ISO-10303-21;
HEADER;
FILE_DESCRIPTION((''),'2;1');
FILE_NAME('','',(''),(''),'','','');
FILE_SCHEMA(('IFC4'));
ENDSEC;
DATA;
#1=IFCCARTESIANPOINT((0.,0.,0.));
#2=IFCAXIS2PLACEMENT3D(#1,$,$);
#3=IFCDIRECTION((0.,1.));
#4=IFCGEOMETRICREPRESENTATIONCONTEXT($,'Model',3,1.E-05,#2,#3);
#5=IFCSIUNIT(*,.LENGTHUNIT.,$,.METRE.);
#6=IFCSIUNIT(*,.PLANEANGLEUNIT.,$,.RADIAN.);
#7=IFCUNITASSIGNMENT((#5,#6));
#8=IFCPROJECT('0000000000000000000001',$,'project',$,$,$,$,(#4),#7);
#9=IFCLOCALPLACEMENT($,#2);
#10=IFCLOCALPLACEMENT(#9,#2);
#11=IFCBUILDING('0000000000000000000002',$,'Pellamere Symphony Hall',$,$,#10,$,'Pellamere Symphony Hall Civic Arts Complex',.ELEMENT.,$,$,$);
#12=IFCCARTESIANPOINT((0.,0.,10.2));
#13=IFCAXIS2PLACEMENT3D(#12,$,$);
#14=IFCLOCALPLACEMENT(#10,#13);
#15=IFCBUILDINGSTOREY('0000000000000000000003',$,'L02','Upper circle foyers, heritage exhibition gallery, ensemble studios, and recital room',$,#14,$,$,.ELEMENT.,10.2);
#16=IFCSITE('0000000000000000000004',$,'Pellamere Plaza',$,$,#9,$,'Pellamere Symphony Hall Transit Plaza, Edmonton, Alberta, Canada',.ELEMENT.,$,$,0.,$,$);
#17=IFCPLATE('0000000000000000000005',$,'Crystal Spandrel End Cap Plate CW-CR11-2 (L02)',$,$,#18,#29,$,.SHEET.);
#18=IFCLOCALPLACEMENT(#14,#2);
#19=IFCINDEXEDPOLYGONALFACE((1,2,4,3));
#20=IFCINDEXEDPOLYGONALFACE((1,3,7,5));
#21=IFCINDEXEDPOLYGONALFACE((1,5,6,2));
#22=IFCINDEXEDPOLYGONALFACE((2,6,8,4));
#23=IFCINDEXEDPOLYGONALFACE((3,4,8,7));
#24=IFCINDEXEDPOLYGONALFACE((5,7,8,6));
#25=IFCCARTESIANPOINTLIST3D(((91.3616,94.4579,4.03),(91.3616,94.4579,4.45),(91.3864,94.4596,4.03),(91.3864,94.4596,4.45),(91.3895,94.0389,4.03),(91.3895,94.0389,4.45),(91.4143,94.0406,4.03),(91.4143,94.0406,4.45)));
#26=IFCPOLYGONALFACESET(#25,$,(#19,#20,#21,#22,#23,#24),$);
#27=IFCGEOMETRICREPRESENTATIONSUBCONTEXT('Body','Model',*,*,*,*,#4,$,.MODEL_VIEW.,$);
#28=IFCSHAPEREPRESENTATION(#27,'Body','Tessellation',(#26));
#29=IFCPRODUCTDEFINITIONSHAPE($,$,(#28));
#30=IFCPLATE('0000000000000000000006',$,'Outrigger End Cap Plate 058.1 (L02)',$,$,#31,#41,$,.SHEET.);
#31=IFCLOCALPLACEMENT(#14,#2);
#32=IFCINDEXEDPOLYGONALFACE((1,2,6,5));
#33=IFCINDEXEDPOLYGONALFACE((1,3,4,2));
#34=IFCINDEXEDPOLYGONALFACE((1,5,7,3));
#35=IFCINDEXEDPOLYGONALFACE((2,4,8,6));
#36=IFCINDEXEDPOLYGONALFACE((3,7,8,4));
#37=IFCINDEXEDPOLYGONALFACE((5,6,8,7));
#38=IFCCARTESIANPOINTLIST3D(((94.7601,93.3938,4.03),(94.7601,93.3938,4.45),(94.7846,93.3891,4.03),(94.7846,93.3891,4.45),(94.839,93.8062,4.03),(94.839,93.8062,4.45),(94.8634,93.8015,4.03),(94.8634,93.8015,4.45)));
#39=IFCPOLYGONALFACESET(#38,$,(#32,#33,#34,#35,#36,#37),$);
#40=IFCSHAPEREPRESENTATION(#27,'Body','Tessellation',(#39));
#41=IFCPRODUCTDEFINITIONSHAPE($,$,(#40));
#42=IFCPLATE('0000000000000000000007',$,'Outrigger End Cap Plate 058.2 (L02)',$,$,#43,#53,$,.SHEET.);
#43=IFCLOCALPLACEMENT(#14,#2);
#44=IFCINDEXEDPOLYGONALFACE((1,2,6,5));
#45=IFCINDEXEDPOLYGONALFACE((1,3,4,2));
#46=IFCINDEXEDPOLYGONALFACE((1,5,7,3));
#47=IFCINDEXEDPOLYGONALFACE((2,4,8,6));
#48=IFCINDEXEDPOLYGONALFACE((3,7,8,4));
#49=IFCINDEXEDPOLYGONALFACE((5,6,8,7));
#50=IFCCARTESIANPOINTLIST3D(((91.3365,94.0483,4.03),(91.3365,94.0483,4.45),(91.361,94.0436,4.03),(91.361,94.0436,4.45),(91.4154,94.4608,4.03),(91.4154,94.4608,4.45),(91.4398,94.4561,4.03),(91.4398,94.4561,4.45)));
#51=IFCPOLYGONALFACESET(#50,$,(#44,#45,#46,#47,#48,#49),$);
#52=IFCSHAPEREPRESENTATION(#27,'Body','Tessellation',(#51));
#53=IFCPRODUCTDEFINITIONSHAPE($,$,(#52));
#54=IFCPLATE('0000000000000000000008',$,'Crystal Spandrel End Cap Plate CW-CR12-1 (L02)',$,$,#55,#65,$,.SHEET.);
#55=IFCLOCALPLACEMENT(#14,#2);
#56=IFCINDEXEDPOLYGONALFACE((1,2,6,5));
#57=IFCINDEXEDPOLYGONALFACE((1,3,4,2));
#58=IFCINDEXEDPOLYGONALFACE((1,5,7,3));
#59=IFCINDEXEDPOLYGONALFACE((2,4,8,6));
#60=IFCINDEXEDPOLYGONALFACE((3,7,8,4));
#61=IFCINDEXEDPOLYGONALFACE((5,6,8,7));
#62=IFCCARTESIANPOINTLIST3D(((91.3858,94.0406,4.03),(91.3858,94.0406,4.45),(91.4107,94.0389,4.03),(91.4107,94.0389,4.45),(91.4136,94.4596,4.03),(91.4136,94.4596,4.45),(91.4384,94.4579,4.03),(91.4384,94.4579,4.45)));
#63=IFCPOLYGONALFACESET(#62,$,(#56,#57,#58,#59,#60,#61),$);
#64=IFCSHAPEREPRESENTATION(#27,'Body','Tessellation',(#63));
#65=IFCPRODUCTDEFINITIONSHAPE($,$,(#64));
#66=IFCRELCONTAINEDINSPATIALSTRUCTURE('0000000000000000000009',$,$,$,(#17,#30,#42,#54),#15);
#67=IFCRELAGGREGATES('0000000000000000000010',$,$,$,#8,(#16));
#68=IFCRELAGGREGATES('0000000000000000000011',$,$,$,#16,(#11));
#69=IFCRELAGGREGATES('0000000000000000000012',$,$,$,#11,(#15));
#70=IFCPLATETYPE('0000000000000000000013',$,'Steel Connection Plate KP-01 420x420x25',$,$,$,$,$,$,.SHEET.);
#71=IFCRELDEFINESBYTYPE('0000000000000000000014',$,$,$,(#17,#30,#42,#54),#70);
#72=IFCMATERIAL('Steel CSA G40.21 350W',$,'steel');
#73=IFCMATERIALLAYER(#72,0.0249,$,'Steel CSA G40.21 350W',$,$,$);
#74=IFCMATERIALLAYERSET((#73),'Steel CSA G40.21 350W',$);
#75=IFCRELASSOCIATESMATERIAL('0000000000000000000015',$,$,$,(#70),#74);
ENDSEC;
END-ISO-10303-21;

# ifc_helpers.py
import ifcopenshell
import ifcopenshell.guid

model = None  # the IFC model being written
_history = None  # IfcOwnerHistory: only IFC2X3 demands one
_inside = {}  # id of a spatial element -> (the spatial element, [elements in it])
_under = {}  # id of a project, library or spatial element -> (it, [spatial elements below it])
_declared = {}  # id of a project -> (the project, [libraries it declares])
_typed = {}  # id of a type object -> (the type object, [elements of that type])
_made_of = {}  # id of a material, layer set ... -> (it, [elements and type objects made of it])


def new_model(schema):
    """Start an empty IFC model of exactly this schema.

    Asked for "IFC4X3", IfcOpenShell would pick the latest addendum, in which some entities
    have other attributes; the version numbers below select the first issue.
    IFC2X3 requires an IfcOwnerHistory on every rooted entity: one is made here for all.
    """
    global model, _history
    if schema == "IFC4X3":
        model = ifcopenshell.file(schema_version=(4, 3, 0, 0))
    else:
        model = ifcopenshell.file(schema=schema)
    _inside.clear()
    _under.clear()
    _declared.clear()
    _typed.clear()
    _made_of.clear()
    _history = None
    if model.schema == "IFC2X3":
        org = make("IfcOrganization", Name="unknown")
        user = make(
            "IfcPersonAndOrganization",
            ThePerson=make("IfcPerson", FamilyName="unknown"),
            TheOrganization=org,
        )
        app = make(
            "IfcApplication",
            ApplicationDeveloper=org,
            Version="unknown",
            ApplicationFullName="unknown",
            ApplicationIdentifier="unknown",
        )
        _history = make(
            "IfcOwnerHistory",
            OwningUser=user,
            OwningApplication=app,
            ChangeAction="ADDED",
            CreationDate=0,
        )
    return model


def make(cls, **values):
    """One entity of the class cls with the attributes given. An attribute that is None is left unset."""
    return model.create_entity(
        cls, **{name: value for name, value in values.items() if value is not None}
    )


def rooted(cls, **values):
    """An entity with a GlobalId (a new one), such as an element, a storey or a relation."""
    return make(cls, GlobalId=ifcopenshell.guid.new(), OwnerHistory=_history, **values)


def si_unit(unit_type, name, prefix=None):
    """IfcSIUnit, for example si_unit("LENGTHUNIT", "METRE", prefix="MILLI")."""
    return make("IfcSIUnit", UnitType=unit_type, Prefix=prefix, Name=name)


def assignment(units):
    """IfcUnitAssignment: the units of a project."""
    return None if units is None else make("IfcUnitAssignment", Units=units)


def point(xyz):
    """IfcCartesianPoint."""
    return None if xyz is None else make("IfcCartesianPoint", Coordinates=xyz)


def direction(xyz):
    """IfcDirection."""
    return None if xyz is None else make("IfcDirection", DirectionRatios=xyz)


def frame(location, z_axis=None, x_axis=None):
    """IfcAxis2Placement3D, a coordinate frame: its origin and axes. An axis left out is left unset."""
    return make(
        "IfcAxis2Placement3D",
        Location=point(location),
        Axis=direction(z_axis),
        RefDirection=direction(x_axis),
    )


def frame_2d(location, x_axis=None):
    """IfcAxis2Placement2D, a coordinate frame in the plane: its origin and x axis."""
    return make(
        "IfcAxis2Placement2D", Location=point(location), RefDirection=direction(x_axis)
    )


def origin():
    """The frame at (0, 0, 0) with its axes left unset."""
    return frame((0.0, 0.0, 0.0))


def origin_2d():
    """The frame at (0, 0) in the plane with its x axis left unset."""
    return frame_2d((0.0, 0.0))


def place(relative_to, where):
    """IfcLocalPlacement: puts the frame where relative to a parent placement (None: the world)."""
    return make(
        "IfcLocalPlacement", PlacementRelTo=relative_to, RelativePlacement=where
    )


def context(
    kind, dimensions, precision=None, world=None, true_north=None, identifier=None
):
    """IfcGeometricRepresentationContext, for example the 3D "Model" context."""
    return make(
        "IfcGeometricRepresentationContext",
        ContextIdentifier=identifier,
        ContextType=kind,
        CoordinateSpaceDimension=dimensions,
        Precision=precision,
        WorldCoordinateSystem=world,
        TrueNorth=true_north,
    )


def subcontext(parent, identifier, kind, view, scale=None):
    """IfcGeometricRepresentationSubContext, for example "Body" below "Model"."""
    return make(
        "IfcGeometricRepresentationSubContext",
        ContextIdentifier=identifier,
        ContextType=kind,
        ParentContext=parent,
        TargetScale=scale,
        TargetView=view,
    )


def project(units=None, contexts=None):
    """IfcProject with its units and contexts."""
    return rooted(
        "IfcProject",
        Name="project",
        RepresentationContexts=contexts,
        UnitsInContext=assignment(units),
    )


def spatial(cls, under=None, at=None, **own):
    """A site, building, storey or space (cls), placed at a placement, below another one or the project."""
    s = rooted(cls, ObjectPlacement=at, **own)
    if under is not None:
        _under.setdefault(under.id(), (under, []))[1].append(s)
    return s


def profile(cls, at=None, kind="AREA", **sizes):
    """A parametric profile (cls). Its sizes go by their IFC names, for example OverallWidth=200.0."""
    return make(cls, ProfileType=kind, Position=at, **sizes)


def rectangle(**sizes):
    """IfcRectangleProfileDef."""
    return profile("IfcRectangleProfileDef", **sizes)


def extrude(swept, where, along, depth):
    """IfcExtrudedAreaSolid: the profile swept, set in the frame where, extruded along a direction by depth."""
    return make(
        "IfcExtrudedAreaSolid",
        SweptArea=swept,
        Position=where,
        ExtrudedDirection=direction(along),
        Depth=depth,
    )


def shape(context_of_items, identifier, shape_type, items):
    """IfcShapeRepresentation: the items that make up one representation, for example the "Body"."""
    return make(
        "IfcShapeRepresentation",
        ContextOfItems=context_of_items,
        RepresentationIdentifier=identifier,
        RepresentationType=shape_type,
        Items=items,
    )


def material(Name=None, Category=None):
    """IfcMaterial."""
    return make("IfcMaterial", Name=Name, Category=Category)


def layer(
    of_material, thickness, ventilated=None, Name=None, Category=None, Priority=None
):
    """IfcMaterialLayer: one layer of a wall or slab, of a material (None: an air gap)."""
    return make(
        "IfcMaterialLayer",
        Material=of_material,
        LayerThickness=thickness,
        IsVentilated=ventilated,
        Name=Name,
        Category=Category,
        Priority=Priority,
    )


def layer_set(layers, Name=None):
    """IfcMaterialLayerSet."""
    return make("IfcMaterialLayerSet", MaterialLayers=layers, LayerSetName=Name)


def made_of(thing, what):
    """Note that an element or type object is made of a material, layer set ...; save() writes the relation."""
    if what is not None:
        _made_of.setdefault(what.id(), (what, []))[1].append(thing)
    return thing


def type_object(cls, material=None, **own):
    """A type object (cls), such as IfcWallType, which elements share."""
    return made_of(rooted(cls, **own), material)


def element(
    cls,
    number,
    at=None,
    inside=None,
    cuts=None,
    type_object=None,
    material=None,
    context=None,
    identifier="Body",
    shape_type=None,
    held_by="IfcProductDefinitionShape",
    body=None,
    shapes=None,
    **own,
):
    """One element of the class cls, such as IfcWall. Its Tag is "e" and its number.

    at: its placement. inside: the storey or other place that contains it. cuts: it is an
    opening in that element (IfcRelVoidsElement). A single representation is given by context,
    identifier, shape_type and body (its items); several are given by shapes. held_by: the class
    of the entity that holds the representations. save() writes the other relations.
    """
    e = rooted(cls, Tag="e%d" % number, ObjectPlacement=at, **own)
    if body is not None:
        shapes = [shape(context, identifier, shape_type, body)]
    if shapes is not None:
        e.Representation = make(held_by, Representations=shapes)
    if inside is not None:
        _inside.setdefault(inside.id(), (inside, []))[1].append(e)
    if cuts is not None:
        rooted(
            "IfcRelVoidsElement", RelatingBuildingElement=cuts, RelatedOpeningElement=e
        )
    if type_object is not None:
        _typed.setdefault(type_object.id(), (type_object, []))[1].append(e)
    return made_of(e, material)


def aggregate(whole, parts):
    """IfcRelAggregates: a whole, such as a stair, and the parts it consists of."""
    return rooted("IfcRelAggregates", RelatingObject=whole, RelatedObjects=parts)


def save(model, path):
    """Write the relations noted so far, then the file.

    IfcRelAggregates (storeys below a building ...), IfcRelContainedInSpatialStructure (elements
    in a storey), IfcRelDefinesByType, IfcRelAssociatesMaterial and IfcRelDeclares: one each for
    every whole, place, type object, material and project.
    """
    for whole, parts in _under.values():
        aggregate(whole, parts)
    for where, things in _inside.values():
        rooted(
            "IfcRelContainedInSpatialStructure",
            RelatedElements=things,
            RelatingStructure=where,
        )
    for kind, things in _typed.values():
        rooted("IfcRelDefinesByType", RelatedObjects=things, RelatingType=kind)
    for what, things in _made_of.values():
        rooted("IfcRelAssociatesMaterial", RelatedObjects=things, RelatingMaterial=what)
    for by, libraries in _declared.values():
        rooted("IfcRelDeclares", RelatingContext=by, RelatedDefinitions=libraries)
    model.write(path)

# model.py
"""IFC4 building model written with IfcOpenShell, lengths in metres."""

from ifc_helpers import new_model, si_unit, direction, frame, origin, origin_2d, place, context, subcontext, project, spatial, rectangle, extrude, material, layer, layer_set, type_object, element, save


model = new_model("IFC4")

# Units and contexts
model_context = context("Model", 3, precision=1e-05, world=origin(), true_north=direction((0.0, 1.0)))
body_context = subcontext(model_context, "Body", "Model", "MODEL_VIEW")
ifc_project = project(units=[si_unit("LENGTHUNIT", "METRE"), si_unit("PLANEANGLEUNIT", "RADIAN")], contexts=[model_context])

# Site, building, storey
site_placement = place(None, origin())
site = spatial("IfcSite", under=ifc_project, at=site_placement, Name="Pellamere Plaza", LongName="Pellamere Symphony Hall Transit Plaza, Edmonton, Alberta, Canada", CompositionType="ELEMENT", RefElevation=0.0)
building_placement = place(site_placement, origin())
building = spatial("IfcBuilding", under=site, at=building_placement, Name="Pellamere Symphony Hall", LongName="Pellamere Symphony Hall Civic Arts Complex", CompositionType="ELEMENT")
storey_placement = place(building_placement, frame((0.0, 0.0, 10.2)))
storey = spatial("IfcBuildingStorey", under=building, at=storey_placement, Name="L02", Description="Upper circle foyers, heritage exhibition gallery, ensemble studios, and recital room", CompositionType="ELEMENT", Elevation=10.2)

# Shared definitions
ifc_material_1 = material(Name="Steel CSA G40.21 350W", Category="steel")

# Plates
ifc_layer_1 = layer(ifc_material_1, 0.0249, Name="Steel CSA G40.21 350W")
ifc_layer_set_1 = layer_set([ifc_layer_1], Name="Steel CSA G40.21 350W")
plate_type_1 = type_object("IfcPlateType", Name="Steel Connection Plate KP-01 420x420x25", PredefinedType="SHEET", material=ifc_layer_set_1)
for number, where, z_axis, x_axis, name in (
    (1, (91.3879, 94.2493, 4.03), (0.0, 0.0, 1.0), (-0.99779, -0.066448, 0.0), "Crystal Spandrel End Cap Plate CW-CR11-2 (L02)"),
    (2, (94.8118, 93.5977, 4.03), (0.0, 0.0, 1.0), (-0.982222, 0.187724, 0.0), "Outrigger End Cap Plate 058.1 (L02)"),
    (3, (91.3882, 94.2522, 4.03), (0.0, 0.0, 1.0), (-0.982222, 0.187724, 0.0), "Outrigger End Cap Plate 058.2 (L02)"),
    (4, (91.4121, 94.2493, 4.03), (0.0, 0.0, 1.0), (-0.997813, 0.0661, 0.0), "Crystal Spandrel End Cap Plate CW-CR12-1 (L02)"),
):
    element("IfcPlate", number, at=place(storey_placement, frame(where, z_axis=z_axis, x_axis=x_axis)), inside=storey, type_object=plate_type_1, Name=name, PredefinedType="SHEET", context=body_context, shape_type="SweptSolid", body=[
        extrude(rectangle(XDim=0.0249, YDim=0.4199, at=origin_2d()), origin(), (0.0, 0.0, 1.0), 0.4199),
    ])

save(model, "model.ifc")
